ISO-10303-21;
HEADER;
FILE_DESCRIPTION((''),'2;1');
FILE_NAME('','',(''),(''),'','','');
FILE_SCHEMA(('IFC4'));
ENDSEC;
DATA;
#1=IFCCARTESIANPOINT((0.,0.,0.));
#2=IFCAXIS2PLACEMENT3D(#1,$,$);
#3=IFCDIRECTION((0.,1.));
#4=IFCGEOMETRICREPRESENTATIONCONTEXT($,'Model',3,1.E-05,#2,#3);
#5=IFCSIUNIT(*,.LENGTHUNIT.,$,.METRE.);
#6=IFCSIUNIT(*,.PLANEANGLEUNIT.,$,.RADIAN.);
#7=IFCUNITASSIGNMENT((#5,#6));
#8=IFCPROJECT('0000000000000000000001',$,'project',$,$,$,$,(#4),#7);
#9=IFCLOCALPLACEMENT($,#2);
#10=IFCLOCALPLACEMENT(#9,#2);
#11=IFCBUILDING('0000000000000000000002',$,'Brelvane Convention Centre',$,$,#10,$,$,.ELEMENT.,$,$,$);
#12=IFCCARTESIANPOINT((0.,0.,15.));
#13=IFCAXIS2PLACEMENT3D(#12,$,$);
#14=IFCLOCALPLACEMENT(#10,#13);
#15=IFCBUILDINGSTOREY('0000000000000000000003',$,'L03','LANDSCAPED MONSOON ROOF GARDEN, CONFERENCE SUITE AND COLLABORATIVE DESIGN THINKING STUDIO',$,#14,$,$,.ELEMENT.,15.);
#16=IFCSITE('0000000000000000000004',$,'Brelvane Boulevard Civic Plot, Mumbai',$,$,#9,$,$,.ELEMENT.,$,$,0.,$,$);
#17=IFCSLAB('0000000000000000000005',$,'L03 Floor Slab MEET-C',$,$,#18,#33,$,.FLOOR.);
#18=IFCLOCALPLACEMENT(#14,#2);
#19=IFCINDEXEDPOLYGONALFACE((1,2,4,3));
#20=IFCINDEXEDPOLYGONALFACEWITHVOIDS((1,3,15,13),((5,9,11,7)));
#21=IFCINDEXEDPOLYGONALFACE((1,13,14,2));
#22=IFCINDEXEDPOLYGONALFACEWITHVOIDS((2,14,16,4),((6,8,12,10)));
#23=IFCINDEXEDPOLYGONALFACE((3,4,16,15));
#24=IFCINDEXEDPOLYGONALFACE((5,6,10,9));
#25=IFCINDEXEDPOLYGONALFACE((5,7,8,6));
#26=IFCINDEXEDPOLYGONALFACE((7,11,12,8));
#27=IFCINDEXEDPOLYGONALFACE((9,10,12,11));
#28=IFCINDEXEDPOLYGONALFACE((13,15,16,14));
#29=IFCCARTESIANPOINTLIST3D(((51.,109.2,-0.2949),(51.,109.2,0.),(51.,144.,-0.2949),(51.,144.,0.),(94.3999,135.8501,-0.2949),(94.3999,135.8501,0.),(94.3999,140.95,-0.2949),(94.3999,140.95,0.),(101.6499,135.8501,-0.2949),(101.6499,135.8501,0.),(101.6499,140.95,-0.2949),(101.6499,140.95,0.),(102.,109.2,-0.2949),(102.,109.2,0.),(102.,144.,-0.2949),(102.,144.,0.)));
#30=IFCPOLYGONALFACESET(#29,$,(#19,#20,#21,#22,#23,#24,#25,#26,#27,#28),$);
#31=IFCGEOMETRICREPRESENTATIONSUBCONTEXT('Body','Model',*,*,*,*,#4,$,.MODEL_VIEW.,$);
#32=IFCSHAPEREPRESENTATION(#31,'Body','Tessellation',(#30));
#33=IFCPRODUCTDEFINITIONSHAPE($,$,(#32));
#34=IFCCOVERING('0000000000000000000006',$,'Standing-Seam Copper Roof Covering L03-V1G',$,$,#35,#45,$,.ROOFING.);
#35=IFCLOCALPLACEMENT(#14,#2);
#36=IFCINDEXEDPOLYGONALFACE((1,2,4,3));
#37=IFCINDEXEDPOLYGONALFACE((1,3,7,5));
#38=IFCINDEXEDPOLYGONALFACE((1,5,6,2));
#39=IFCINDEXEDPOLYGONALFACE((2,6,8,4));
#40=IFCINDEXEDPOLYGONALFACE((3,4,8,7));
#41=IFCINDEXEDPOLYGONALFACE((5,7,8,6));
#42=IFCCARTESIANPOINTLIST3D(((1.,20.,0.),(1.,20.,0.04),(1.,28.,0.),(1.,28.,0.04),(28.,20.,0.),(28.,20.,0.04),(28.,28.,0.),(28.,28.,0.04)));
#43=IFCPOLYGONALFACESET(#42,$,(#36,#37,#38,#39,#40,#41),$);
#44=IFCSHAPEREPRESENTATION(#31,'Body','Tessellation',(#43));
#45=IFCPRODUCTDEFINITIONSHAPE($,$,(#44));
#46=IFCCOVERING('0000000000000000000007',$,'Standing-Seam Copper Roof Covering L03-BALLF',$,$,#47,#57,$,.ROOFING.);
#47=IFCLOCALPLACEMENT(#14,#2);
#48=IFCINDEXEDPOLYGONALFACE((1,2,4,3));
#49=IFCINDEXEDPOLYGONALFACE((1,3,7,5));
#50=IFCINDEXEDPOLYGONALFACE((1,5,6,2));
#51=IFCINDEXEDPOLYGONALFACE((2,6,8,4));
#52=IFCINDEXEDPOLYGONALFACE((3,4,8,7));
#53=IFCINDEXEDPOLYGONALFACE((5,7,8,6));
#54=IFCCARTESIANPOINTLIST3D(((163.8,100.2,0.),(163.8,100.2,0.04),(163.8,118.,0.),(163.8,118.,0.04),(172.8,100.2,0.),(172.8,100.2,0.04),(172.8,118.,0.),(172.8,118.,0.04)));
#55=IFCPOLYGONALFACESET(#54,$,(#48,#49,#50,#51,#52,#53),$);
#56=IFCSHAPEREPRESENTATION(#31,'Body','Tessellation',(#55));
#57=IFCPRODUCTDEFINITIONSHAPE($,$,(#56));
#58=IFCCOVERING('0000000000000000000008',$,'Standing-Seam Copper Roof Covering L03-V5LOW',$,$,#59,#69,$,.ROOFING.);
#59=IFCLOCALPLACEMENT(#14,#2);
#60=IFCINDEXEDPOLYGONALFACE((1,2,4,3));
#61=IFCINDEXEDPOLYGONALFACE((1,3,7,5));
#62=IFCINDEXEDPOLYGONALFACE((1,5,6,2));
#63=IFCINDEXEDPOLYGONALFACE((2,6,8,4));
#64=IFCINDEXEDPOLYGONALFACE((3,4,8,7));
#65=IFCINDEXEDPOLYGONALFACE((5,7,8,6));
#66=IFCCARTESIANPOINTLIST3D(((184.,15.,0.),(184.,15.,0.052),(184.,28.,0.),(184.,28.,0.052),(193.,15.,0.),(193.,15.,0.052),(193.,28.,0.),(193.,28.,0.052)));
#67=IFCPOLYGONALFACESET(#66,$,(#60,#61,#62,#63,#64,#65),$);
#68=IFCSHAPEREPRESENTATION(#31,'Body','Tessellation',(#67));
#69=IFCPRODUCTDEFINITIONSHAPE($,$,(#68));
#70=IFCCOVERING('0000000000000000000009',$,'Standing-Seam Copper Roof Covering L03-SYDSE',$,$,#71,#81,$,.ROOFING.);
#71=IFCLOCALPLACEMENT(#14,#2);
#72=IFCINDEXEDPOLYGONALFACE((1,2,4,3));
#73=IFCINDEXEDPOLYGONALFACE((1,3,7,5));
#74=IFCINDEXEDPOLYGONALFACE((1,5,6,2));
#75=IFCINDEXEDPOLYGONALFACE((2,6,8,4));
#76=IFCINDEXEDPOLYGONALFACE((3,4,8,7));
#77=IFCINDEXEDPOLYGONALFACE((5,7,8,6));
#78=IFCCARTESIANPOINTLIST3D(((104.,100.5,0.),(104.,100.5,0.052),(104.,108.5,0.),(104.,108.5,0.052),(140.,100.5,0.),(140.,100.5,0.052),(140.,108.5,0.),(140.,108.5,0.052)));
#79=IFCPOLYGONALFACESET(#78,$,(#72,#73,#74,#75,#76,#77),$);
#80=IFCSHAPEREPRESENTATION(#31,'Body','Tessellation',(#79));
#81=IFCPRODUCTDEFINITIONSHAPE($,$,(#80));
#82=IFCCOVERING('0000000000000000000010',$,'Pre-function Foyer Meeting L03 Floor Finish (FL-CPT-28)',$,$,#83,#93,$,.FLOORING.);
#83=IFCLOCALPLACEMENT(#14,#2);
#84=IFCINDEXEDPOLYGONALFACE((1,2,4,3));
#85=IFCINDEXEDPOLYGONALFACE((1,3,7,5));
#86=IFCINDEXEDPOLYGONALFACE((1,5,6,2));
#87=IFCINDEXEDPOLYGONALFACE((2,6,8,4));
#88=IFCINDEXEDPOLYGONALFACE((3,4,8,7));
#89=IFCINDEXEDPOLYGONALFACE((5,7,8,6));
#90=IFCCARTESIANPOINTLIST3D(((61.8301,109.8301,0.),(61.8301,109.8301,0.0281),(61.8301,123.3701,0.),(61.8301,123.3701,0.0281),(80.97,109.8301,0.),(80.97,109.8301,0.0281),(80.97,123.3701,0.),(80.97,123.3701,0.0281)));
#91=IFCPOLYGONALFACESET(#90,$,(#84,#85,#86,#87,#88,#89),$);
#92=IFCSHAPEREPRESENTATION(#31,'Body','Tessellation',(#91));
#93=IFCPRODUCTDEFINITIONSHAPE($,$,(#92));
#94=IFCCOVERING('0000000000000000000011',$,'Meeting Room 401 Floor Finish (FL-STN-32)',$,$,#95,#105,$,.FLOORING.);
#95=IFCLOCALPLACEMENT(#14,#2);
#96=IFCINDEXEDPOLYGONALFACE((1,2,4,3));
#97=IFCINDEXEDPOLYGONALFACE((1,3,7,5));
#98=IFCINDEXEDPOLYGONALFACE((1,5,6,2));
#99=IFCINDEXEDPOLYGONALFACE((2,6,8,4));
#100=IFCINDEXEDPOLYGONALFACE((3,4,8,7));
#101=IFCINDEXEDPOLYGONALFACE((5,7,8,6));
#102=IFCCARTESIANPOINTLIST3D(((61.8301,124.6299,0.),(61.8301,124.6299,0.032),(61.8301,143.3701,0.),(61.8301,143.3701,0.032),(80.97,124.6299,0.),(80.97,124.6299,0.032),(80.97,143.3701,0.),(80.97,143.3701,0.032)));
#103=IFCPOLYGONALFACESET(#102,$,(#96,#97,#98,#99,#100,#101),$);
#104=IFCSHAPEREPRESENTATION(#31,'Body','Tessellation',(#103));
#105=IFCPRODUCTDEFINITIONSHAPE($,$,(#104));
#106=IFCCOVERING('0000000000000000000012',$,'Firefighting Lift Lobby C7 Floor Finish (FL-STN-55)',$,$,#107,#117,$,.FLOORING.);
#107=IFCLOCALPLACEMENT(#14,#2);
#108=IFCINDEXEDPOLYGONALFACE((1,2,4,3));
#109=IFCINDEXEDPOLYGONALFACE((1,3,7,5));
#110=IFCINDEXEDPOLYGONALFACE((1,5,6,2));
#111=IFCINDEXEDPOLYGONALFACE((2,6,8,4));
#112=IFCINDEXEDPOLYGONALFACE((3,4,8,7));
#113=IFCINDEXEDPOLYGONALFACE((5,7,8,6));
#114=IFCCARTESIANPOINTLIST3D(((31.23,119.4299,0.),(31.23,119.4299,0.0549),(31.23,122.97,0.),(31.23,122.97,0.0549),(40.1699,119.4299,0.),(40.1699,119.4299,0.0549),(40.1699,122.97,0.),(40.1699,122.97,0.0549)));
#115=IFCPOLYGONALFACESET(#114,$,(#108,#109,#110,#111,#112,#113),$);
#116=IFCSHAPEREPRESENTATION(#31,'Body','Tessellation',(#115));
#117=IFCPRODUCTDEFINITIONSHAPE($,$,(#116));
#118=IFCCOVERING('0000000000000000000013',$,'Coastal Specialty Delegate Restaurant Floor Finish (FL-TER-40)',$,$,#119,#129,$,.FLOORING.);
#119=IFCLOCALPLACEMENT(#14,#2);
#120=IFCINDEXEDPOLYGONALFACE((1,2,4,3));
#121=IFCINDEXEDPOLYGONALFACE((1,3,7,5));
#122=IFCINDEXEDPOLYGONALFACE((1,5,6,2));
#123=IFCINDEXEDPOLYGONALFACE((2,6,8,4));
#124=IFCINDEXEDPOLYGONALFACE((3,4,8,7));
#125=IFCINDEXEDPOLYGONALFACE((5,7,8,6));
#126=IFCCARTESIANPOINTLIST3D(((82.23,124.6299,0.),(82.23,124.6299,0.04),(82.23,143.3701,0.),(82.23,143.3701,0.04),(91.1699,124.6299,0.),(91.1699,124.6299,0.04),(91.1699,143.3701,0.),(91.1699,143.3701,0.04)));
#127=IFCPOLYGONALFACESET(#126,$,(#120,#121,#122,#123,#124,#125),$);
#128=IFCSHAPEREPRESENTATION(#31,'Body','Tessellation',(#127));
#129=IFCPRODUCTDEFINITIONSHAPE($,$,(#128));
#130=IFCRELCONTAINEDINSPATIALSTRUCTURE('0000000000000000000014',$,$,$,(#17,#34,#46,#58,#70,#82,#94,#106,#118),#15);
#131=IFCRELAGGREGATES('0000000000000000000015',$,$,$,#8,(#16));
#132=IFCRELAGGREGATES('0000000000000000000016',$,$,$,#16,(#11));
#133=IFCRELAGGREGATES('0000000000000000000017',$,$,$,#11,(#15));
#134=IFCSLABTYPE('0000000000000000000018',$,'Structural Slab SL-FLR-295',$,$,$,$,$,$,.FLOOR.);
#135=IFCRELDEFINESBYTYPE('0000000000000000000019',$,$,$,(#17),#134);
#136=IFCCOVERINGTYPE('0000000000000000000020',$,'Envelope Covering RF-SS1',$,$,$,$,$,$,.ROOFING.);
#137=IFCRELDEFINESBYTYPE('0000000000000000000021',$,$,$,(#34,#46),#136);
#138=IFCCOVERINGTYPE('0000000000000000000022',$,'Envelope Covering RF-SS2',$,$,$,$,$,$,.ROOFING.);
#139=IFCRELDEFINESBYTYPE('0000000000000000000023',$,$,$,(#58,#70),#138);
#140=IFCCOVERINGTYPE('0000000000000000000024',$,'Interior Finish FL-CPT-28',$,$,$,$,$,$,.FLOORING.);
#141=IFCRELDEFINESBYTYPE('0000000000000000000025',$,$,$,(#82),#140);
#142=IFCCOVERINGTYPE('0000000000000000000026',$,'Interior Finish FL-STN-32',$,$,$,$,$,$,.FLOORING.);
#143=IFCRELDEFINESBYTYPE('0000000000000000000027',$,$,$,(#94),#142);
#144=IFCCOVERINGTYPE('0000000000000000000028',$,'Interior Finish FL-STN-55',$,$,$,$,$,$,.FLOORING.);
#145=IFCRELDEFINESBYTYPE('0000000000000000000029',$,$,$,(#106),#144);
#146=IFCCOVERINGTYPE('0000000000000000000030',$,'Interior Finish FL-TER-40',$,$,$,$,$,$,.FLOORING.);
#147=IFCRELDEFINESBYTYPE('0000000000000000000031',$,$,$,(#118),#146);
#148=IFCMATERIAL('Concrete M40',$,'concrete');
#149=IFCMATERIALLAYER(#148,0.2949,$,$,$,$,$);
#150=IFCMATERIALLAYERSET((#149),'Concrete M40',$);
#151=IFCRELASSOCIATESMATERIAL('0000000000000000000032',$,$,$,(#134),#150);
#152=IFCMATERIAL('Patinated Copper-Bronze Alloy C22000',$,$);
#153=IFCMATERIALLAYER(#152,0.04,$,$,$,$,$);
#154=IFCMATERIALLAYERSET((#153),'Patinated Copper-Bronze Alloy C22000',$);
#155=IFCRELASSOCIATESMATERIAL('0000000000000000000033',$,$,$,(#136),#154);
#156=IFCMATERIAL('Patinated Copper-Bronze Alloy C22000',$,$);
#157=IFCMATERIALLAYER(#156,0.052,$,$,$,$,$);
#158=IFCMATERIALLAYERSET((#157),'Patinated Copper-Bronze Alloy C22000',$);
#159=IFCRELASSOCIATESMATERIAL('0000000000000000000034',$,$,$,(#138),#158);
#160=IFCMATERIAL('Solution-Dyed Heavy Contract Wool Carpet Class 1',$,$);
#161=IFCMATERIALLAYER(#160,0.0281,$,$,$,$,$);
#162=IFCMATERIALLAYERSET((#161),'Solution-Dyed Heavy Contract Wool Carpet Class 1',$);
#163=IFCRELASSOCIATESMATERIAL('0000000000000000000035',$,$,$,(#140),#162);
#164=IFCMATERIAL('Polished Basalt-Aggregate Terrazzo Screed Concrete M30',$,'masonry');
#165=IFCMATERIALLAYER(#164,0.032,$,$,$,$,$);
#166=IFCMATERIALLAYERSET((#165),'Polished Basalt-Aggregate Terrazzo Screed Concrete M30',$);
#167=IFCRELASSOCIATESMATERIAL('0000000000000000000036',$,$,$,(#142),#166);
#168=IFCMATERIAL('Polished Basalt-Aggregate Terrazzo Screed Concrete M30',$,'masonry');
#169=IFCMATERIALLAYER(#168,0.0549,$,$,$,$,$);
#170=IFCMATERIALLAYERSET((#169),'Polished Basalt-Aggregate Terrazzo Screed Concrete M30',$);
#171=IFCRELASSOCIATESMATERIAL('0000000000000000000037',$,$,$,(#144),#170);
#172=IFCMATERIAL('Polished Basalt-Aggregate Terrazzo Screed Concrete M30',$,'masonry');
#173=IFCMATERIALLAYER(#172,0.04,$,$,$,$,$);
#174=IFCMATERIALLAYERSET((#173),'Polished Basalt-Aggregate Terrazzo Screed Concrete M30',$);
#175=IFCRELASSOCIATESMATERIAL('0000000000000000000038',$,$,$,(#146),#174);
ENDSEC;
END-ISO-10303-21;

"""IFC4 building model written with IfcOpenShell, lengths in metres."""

from ifc_helpers import new_model, si_unit, direction, frame, origin, place, context, subcontext, project, spatial, polyline, outline, extrude, material, layer, layer_set, type_object, element, save


model = new_model("IFC4")

# Units and contexts
model_context = context("Model", 3, precision=1e-05, world=origin(), true_north=direction((0.0, 1.0)))
body_context = subcontext(model_context, "Body", "Model", "MODEL_VIEW")
ifc_project = project(units=[si_unit("LENGTHUNIT", "METRE"), si_unit("PLANEANGLEUNIT", "RADIAN")], contexts=[model_context])

# Site, building, storey
site_placement = place(None, origin())
site = spatial("IfcSite", under=ifc_project, at=site_placement, Name="Brelvane Boulevard Civic Plot, Mumbai", CompositionType="ELEMENT", RefElevation=0.0)
building_placement = place(site_placement, origin())
building = spatial("IfcBuilding", under=site, at=building_placement, Name="Brelvane Convention Centre", CompositionType="ELEMENT")
storey_placement = place(building_placement, frame((0.0, 0.0, 15.0)))
storey = spatial("IfcBuildingStorey", under=building, at=storey_placement, Name="L03", Description="LANDSCAPED MONSOON ROOF GARDEN, CONFERENCE SUITE AND COLLABORATIVE DESIGN THINKING STUDIO", CompositionType="ELEMENT", Elevation=15.0)

# Slab
ifc_material_1 = material(Name="Concrete M40", Category="concrete")
ifc_layer_1 = layer(ifc_material_1, 0.2949)
ifc_layer_set_1 = layer_set([ifc_layer_1], Name="Concrete M40")
slab_type = type_object("IfcSlabType", Name="Structural Slab SL-FLR-295", PredefinedType="FLOOR", material=ifc_layer_set_1)
slab_placement = place(storey_placement, frame((0.0, 0.0, -0.2949)))
element("IfcSlab", 1, at=slab_placement, inside=storey, type_object=slab_type, Name="L03 Floor Slab MEET-C", PredefinedType="FLOOR", context=body_context, shape_type="SweptSolid", body=[
    extrude(outline(polyline([(51.0, 109.2), (102.0, 109.2), (102.0, 144.0), (51.0, 144.0), (51.0, 109.2)]), holes=[polyline([(94.3999, 135.8501), (101.6499, 135.8501), (101.6499, 140.95), (94.3999, 140.95), (94.3999, 135.8501)])]), origin(), (0.0, 0.0, 1.0), 0.2949),
])

# Coverings
ifc_material_2 = material(Name="Patinated Copper-Bronze Alloy C22000")
ifc_layer_2 = layer(ifc_material_2, 0.04)
ifc_layer_set_2 = layer_set([ifc_layer_2], Name="Patinated Copper-Bronze Alloy C22000")
covering_type_1 = type_object("IfcCoveringType", Name="Envelope Covering RF-SS1", PredefinedType="ROOFING", material=ifc_layer_set_2)
covering_1_placement = place(storey_placement, origin())
element("IfcCovering", 2, at=covering_1_placement, inside=storey, type_object=covering_type_1, Name="Standing-Seam Copper Roof Covering L03-V1G", PredefinedType="ROOFING", context=body_context, shape_type="SweptSolid", body=[
    extrude(outline(polyline([(1.0, 20.0), (28.0, 20.0), (28.0, 28.0), (1.0, 28.0), (1.0, 20.0)])), origin(), (0.0, 0.0, 1.0), 0.04),
])
covering_2_placement = place(storey_placement, origin())
element("IfcCovering", 3, at=covering_2_placement, inside=storey, type_object=covering_type_1, Name="Standing-Seam Copper Roof Covering L03-BALLF", PredefinedType="ROOFING", context=body_context, shape_type="SweptSolid", body=[
    extrude(outline(polyline([(163.8, 100.2), (172.8, 100.2), (172.8, 118.0), (163.8, 118.0), (163.8, 100.2)])), origin(), (0.0, 0.0, 1.0), 0.04),
])
ifc_material_3 = material(Name="Patinated Copper-Bronze Alloy C22000")
ifc_layer_3 = layer(ifc_material_3, 0.052)
ifc_layer_set_3 = layer_set([ifc_layer_3], Name="Patinated Copper-Bronze Alloy C22000")
covering_type_2 = type_object("IfcCoveringType", Name="Envelope Covering RF-SS2", PredefinedType="ROOFING", material=ifc_layer_set_3)
covering_3_placement = place(storey_placement, origin())
element("IfcCovering", 4, at=covering_3_placement, inside=storey, type_object=covering_type_2, Name="Standing-Seam Copper Roof Covering L03-V5LOW", PredefinedType="ROOFING", context=body_context, shape_type="SweptSolid", body=[
    extrude(outline(polyline([(184.0, 15.0), (193.0, 15.0), (193.0, 28.0), (184.0, 28.0), (184.0, 15.0)])), origin(), (0.0, 0.0, 1.0), 0.052),
])
covering_4_placement = place(storey_placement, origin())
element("IfcCovering", 5, at=covering_4_placement, inside=storey, type_object=covering_type_2, Name="Standing-Seam Copper Roof Covering L03-SYDSE", PredefinedType="ROOFING", context=body_context, shape_type="SweptSolid", body=[
    extrude(outline(polyline([(104.0, 100.5), (140.0, 100.5), (140.0, 108.5), (104.0, 108.5), (104.0, 100.5)])), origin(), (0.0, 0.0, 1.0), 0.052),
])
ifc_material_4 = material(Name="Solution-Dyed Heavy Contract Wool Carpet Class 1")
ifc_layer_4 = layer(ifc_material_4, 0.0281)
ifc_layer_set_4 = layer_set([ifc_layer_4], Name="Solution-Dyed Heavy Contract Wool Carpet Class 1")
covering_type_3 = type_object("IfcCoveringType", Name="Interior Finish FL-CPT-28", PredefinedType="FLOORING", material=ifc_layer_set_4)
covering_5_placement = place(storey_placement, origin())
element("IfcCovering", 6, at=covering_5_placement, inside=storey, type_object=covering_type_3, Name="Pre-function Foyer Meeting L03 Floor Finish (FL-CPT-28)", PredefinedType="FLOORING", context=body_context, shape_type="SweptSolid", body=[
    extrude(outline(polyline([(61.8301, 109.8301), (80.97, 109.8301), (80.97, 123.3701), (61.8301, 123.3701), (61.8301, 109.8301)])), origin(), (0.0, 0.0, 1.0), 0.0281),
])
ifc_material_5 = material(Name="Polished Basalt-Aggregate Terrazzo Screed Concrete M30", Category="masonry")
ifc_layer_5 = layer(ifc_material_5, 0.032)
ifc_layer_set_5 = layer_set([ifc_layer_5], Name="Polished Basalt-Aggregate Terrazzo Screed Concrete M30")
covering_type_4 = type_object("IfcCoveringType", Name="Interior Finish FL-STN-32", PredefinedType="FLOORING", material=ifc_layer_set_5)
covering_6_placement = place(storey_placement, origin())
element("IfcCovering", 7, at=covering_6_placement, inside=storey, type_object=covering_type_4, Name="Meeting Room 401 Floor Finish (FL-STN-32)", PredefinedType="FLOORING", context=body_context, shape_type="SweptSolid", body=[
    extrude(outline(polyline([(61.8301, 124.6299), (80.97, 124.6299), (80.97, 143.3701), (61.8301, 143.3701), (61.8301, 124.6299)])), origin(), (0.0, 0.0, 1.0), 0.032),
])
ifc_material_6 = material(Name="Polished Basalt-Aggregate Terrazzo Screed Concrete M30", Category="masonry")
ifc_layer_6 = layer(ifc_material_6, 0.0549)
ifc_layer_set_6 = layer_set([ifc_layer_6], Name="Polished Basalt-Aggregate Terrazzo Screed Concrete M30")
covering_type_5 = type_object("IfcCoveringType", Name="Interior Finish FL-STN-55", PredefinedType="FLOORING", material=ifc_layer_set_6)
covering_7_placement = place(storey_placement, origin())
element("IfcCovering", 8, at=covering_7_placement, inside=storey, type_object=covering_type_5, Name="Firefighting Lift Lobby C7 Floor Finish (FL-STN-55)", PredefinedType="FLOORING", context=body_context, shape_type="SweptSolid", body=[
    extrude(outline(polyline([(31.23, 119.4299), (40.1699, 119.4299), (40.1699, 122.97), (31.23, 122.97), (31.23, 119.4299)])), origin(), (0.0, 0.0, 1.0), 0.0549),
])
ifc_material_7 = material(Name="Polished Basalt-Aggregate Terrazzo Screed Concrete M30", Category="masonry")
ifc_layer_7 = layer(ifc_material_7, 0.04)
ifc_layer_set_7 = layer_set([ifc_layer_7], Name="Polished Basalt-Aggregate Terrazzo Screed Concrete M30")
covering_type_6 = type_object("IfcCoveringType", Name="Interior Finish FL-TER-40", PredefinedType="FLOORING", material=ifc_layer_set_7)
covering_8_placement = place(storey_placement, origin())
element("IfcCovering", 9, at=covering_8_placement, inside=storey, type_object=covering_type_6, Name="Coastal Specialty Delegate Restaurant Floor Finish (FL-TER-40)", PredefinedType="FLOORING", context=body_context, shape_type="SweptSolid", body=[
    extrude(outline(polyline([(82.23, 124.6299), (91.1699, 124.6299), (91.1699, 143.3701), (82.23, 143.3701), (82.23, 124.6299)])), origin(), (0.0, 0.0, 1.0), 0.04),
])

save(model, "model.ifc")
